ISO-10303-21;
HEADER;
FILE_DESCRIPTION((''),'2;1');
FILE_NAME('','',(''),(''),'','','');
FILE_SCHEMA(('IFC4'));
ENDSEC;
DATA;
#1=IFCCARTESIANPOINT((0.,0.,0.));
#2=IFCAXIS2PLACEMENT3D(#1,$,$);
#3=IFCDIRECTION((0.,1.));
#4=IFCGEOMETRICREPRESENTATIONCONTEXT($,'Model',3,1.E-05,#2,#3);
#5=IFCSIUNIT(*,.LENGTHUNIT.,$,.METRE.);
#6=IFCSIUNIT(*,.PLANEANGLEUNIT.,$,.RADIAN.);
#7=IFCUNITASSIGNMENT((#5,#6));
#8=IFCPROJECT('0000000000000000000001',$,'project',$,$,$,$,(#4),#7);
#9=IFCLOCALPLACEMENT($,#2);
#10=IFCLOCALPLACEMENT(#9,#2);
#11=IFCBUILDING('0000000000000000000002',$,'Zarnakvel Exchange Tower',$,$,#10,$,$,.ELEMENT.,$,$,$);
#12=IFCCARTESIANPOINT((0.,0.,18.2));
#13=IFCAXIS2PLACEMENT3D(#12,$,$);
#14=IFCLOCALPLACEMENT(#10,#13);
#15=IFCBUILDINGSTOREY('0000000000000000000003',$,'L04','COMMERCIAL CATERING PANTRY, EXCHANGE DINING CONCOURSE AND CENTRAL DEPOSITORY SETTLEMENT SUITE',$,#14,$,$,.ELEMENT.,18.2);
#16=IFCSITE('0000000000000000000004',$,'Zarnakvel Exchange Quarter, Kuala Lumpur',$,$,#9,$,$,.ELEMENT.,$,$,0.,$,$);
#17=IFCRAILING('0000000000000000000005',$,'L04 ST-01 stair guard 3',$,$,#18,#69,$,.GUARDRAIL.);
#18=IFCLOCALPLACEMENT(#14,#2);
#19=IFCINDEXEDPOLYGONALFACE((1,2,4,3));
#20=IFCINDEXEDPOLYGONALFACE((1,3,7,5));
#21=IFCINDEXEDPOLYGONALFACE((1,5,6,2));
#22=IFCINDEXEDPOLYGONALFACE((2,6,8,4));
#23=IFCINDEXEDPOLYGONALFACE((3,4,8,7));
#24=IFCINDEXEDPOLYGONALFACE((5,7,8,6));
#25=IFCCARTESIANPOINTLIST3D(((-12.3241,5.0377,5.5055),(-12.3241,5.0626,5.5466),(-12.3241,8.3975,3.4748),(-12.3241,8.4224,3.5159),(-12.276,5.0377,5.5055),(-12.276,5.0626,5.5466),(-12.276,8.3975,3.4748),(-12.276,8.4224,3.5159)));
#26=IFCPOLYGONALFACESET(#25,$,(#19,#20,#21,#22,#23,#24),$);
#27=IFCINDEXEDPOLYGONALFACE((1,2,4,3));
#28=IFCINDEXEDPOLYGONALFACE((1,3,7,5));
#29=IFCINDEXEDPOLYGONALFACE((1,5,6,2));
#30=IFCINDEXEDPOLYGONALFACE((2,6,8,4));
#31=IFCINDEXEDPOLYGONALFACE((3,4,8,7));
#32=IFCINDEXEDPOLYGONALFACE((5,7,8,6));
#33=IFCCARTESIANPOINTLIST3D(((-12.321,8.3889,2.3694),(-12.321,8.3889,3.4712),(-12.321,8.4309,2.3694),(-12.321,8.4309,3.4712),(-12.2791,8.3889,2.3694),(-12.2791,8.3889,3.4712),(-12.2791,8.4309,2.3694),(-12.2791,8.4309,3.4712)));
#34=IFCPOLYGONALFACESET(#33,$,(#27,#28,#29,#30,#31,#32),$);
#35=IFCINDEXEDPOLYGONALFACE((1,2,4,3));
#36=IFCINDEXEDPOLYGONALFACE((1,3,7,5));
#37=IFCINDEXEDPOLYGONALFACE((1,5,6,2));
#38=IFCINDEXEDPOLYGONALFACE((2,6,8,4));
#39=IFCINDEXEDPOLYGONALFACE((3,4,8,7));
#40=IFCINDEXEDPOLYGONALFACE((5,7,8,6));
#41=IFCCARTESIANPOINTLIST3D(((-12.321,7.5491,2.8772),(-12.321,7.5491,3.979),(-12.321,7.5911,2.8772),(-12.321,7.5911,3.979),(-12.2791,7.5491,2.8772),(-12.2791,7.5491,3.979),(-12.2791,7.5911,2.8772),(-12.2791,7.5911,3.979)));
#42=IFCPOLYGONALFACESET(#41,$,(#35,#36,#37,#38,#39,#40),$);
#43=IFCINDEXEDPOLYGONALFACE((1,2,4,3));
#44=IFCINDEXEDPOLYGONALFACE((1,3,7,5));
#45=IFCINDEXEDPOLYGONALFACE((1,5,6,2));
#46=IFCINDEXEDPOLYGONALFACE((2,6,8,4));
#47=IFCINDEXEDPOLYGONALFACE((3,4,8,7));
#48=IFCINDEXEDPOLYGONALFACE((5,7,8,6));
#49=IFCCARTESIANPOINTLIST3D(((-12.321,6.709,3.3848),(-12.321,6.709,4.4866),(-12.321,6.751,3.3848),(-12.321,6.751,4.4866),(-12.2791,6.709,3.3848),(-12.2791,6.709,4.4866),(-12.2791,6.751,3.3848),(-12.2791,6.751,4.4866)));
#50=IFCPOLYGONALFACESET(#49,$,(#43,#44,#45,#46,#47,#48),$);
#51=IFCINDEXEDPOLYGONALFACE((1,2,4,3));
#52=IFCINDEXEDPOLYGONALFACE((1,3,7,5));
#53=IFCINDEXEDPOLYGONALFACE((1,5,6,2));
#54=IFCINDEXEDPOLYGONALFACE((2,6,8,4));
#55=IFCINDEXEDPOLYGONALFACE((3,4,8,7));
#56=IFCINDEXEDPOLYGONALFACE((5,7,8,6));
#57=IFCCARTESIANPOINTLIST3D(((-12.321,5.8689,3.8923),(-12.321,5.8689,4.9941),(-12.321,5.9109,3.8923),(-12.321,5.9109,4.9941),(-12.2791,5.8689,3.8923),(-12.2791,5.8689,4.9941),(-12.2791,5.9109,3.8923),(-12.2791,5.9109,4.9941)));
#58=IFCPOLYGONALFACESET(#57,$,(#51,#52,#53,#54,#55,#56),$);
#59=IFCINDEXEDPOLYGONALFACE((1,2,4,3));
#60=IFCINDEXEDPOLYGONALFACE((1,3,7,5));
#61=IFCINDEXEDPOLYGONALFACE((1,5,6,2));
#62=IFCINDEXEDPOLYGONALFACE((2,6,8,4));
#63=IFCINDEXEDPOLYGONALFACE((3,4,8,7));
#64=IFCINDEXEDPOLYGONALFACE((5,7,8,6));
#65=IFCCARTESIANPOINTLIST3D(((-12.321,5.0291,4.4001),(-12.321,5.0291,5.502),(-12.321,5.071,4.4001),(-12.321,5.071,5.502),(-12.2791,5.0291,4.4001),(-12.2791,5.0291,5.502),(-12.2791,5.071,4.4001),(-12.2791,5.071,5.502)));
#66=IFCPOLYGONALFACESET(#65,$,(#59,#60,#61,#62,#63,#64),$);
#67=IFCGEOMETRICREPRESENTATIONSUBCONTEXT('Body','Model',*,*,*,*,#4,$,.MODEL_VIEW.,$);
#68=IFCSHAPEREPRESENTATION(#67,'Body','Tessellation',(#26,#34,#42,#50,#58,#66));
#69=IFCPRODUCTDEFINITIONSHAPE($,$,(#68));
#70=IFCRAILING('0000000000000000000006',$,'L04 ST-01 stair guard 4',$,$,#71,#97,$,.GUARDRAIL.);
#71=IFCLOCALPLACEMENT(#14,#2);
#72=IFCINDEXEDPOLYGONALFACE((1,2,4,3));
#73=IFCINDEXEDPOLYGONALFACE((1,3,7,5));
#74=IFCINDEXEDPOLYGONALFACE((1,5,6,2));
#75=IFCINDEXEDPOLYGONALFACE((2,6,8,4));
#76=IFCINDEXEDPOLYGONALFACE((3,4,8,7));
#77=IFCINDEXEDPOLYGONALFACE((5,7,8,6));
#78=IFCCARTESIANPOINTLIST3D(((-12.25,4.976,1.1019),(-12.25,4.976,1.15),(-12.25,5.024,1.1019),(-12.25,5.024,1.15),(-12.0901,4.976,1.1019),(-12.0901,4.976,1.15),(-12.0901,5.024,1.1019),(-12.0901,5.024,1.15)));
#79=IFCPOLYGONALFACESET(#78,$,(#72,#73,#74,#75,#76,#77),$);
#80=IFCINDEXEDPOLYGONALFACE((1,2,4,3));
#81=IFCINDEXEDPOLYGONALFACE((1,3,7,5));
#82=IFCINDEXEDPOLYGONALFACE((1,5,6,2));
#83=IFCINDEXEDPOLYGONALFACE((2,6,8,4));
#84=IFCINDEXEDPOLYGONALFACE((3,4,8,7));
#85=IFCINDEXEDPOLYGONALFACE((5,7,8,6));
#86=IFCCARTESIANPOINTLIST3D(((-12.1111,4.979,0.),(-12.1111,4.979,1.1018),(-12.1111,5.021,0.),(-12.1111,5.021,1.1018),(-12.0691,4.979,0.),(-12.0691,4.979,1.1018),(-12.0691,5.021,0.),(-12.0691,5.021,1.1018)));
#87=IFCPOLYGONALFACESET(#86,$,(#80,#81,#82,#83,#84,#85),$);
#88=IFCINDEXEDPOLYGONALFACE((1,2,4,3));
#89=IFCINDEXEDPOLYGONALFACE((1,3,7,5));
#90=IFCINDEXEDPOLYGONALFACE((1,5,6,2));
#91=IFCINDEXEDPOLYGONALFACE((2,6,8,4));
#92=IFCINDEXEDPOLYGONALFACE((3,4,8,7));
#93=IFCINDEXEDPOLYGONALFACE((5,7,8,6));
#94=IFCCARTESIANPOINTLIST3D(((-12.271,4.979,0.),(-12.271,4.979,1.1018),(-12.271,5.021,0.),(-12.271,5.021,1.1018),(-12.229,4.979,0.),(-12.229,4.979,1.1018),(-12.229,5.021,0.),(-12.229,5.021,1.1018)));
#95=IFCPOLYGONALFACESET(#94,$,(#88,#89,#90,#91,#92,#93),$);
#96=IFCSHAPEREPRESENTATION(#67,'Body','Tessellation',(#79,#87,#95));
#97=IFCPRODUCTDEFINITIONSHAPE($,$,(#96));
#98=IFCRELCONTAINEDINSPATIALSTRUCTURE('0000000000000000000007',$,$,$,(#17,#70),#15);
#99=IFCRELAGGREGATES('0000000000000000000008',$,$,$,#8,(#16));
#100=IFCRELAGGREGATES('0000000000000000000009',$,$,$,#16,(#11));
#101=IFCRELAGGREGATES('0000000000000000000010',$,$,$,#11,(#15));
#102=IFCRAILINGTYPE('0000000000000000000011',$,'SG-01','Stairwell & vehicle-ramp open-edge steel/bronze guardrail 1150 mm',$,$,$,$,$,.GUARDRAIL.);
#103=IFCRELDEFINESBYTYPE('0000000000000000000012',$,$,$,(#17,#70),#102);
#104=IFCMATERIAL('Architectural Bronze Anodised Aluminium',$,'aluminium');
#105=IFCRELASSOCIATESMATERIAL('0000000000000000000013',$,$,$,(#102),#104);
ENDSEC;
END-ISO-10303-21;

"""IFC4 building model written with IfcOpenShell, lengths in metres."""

from ifc_helpers import new_model, si_unit, direction, frame, origin, origin_2d, place, context, subcontext, project, spatial, rectangle, extrude, material, type_object, element, save


model = new_model("IFC4")

# Units and contexts
model_context = context("Model", 3, precision=1e-05, world=origin(), true_north=direction((0.0, 1.0)))
body_context = subcontext(model_context, "Body", "Model", "MODEL_VIEW")
ifc_project = project(units=[si_unit("LENGTHUNIT", "METRE"), si_unit("PLANEANGLEUNIT", "RADIAN")], contexts=[model_context])

# Site, building, storey
site_placement = place(None, origin())
site = spatial("IfcSite", under=ifc_project, at=site_placement, Name="Zarnakvel Exchange Quarter, Kuala Lumpur", CompositionType="ELEMENT", RefElevation=0.0)
building_placement = place(site_placement, origin())
building = spatial("IfcBuilding", under=site, at=building_placement, Name="Zarnakvel Exchange Tower", CompositionType="ELEMENT")
storey_placement = place(building_placement, frame((0.0, 0.0, 18.2)))
storey = spatial("IfcBuildingStorey", under=building, at=storey_placement, Name="L04", Description="COMMERCIAL CATERING PANTRY, EXCHANGE DINING CONCOURSE AND CENTRAL DEPOSITORY SETTLEMENT SUITE", CompositionType="ELEMENT", Elevation=18.2)

# Shared definitions
ifc_material_1 = material(Name="Architectural Bronze Anodised Aluminium", Category="aluminium")

# Railings
railing_type_1 = type_object("IfcRailingType", Name="SG-01", Description="Stairwell & vehicle-ramp open-edge steel/bronze guardrail 1150 mm", PredefinedType="GUARDRAIL", material=ifc_material_1)
railing_1_placement = place(storey_placement, frame((-12.3, 8.4099, 2.3694)))
element("IfcRailing", 1, at=railing_1_placement, inside=storey, type_object=railing_type_1, Name="L04 ST-01 stair guard 3", PredefinedType="GUARDRAIL", context=body_context, shape_type="SweptSolid", body=[
    extrude(rectangle(XDim=0.0481, YDim=0.0481, at=origin_2d()), frame((0.0, 0.0, 1.126), z_axis=(0.0, -0.85582, 0.517273), x_axis=(1.0, 0.0, 0.0)), (0.0, 0.0, 1.0), 3.9258),
    extrude(rectangle(XDim=0.042, YDim=0.042, at=origin_2d()), origin(), (0.0, 0.0, 1.0), 1.1018),
    extrude(rectangle(XDim=0.042, YDim=0.042, at=origin_2d()), frame((0.0, -0.8398, 0.5078)), (0.0, 0.0, 1.0), 1.1018),
    extrude(rectangle(XDim=0.042, YDim=0.042, at=origin_2d()), frame((0.0, -1.6799, 1.0154)), (0.0, 0.0, 1.0), 1.1018),
    extrude(rectangle(XDim=0.042, YDim=0.042, at=origin_2d()), frame((0.0, -2.52, 1.5229)), (0.0, 0.0, 1.0), 1.1018),
    extrude(rectangle(XDim=0.042, YDim=0.042, at=origin_2d()), frame((0.0, -3.3599, 2.0308)), (0.0, 0.0, 1.0), 1.1018),
])
railing_2_placement = place(storey_placement, frame((-12.0901, 5.0, 0.0)))
element("IfcRailing", 2, at=railing_2_placement, inside=storey, type_object=railing_type_1, Name="L04 ST-01 stair guard 4", PredefinedType="GUARDRAIL", context=body_context, shape_type="SweptSolid", body=[
    extrude(rectangle(XDim=0.0481, YDim=0.0481, at=origin_2d()), frame((0.0, 0.0, 1.126), z_axis=(-1.0, 0.0, 0.0), x_axis=(0.0, -1.0, 0.0)), (0.0, 0.0, 1.0), 0.1599),
    extrude(rectangle(XDim=0.042, YDim=0.042, at=origin_2d()), origin(), (0.0, 0.0, 1.0), 1.1018),
    extrude(rectangle(XDim=0.042, YDim=0.042, at=origin_2d()), frame((-0.1599, 0.0, 0.0)), (0.0, 0.0, 1.0), 1.1018),
])

save(model, "model.ifc")
